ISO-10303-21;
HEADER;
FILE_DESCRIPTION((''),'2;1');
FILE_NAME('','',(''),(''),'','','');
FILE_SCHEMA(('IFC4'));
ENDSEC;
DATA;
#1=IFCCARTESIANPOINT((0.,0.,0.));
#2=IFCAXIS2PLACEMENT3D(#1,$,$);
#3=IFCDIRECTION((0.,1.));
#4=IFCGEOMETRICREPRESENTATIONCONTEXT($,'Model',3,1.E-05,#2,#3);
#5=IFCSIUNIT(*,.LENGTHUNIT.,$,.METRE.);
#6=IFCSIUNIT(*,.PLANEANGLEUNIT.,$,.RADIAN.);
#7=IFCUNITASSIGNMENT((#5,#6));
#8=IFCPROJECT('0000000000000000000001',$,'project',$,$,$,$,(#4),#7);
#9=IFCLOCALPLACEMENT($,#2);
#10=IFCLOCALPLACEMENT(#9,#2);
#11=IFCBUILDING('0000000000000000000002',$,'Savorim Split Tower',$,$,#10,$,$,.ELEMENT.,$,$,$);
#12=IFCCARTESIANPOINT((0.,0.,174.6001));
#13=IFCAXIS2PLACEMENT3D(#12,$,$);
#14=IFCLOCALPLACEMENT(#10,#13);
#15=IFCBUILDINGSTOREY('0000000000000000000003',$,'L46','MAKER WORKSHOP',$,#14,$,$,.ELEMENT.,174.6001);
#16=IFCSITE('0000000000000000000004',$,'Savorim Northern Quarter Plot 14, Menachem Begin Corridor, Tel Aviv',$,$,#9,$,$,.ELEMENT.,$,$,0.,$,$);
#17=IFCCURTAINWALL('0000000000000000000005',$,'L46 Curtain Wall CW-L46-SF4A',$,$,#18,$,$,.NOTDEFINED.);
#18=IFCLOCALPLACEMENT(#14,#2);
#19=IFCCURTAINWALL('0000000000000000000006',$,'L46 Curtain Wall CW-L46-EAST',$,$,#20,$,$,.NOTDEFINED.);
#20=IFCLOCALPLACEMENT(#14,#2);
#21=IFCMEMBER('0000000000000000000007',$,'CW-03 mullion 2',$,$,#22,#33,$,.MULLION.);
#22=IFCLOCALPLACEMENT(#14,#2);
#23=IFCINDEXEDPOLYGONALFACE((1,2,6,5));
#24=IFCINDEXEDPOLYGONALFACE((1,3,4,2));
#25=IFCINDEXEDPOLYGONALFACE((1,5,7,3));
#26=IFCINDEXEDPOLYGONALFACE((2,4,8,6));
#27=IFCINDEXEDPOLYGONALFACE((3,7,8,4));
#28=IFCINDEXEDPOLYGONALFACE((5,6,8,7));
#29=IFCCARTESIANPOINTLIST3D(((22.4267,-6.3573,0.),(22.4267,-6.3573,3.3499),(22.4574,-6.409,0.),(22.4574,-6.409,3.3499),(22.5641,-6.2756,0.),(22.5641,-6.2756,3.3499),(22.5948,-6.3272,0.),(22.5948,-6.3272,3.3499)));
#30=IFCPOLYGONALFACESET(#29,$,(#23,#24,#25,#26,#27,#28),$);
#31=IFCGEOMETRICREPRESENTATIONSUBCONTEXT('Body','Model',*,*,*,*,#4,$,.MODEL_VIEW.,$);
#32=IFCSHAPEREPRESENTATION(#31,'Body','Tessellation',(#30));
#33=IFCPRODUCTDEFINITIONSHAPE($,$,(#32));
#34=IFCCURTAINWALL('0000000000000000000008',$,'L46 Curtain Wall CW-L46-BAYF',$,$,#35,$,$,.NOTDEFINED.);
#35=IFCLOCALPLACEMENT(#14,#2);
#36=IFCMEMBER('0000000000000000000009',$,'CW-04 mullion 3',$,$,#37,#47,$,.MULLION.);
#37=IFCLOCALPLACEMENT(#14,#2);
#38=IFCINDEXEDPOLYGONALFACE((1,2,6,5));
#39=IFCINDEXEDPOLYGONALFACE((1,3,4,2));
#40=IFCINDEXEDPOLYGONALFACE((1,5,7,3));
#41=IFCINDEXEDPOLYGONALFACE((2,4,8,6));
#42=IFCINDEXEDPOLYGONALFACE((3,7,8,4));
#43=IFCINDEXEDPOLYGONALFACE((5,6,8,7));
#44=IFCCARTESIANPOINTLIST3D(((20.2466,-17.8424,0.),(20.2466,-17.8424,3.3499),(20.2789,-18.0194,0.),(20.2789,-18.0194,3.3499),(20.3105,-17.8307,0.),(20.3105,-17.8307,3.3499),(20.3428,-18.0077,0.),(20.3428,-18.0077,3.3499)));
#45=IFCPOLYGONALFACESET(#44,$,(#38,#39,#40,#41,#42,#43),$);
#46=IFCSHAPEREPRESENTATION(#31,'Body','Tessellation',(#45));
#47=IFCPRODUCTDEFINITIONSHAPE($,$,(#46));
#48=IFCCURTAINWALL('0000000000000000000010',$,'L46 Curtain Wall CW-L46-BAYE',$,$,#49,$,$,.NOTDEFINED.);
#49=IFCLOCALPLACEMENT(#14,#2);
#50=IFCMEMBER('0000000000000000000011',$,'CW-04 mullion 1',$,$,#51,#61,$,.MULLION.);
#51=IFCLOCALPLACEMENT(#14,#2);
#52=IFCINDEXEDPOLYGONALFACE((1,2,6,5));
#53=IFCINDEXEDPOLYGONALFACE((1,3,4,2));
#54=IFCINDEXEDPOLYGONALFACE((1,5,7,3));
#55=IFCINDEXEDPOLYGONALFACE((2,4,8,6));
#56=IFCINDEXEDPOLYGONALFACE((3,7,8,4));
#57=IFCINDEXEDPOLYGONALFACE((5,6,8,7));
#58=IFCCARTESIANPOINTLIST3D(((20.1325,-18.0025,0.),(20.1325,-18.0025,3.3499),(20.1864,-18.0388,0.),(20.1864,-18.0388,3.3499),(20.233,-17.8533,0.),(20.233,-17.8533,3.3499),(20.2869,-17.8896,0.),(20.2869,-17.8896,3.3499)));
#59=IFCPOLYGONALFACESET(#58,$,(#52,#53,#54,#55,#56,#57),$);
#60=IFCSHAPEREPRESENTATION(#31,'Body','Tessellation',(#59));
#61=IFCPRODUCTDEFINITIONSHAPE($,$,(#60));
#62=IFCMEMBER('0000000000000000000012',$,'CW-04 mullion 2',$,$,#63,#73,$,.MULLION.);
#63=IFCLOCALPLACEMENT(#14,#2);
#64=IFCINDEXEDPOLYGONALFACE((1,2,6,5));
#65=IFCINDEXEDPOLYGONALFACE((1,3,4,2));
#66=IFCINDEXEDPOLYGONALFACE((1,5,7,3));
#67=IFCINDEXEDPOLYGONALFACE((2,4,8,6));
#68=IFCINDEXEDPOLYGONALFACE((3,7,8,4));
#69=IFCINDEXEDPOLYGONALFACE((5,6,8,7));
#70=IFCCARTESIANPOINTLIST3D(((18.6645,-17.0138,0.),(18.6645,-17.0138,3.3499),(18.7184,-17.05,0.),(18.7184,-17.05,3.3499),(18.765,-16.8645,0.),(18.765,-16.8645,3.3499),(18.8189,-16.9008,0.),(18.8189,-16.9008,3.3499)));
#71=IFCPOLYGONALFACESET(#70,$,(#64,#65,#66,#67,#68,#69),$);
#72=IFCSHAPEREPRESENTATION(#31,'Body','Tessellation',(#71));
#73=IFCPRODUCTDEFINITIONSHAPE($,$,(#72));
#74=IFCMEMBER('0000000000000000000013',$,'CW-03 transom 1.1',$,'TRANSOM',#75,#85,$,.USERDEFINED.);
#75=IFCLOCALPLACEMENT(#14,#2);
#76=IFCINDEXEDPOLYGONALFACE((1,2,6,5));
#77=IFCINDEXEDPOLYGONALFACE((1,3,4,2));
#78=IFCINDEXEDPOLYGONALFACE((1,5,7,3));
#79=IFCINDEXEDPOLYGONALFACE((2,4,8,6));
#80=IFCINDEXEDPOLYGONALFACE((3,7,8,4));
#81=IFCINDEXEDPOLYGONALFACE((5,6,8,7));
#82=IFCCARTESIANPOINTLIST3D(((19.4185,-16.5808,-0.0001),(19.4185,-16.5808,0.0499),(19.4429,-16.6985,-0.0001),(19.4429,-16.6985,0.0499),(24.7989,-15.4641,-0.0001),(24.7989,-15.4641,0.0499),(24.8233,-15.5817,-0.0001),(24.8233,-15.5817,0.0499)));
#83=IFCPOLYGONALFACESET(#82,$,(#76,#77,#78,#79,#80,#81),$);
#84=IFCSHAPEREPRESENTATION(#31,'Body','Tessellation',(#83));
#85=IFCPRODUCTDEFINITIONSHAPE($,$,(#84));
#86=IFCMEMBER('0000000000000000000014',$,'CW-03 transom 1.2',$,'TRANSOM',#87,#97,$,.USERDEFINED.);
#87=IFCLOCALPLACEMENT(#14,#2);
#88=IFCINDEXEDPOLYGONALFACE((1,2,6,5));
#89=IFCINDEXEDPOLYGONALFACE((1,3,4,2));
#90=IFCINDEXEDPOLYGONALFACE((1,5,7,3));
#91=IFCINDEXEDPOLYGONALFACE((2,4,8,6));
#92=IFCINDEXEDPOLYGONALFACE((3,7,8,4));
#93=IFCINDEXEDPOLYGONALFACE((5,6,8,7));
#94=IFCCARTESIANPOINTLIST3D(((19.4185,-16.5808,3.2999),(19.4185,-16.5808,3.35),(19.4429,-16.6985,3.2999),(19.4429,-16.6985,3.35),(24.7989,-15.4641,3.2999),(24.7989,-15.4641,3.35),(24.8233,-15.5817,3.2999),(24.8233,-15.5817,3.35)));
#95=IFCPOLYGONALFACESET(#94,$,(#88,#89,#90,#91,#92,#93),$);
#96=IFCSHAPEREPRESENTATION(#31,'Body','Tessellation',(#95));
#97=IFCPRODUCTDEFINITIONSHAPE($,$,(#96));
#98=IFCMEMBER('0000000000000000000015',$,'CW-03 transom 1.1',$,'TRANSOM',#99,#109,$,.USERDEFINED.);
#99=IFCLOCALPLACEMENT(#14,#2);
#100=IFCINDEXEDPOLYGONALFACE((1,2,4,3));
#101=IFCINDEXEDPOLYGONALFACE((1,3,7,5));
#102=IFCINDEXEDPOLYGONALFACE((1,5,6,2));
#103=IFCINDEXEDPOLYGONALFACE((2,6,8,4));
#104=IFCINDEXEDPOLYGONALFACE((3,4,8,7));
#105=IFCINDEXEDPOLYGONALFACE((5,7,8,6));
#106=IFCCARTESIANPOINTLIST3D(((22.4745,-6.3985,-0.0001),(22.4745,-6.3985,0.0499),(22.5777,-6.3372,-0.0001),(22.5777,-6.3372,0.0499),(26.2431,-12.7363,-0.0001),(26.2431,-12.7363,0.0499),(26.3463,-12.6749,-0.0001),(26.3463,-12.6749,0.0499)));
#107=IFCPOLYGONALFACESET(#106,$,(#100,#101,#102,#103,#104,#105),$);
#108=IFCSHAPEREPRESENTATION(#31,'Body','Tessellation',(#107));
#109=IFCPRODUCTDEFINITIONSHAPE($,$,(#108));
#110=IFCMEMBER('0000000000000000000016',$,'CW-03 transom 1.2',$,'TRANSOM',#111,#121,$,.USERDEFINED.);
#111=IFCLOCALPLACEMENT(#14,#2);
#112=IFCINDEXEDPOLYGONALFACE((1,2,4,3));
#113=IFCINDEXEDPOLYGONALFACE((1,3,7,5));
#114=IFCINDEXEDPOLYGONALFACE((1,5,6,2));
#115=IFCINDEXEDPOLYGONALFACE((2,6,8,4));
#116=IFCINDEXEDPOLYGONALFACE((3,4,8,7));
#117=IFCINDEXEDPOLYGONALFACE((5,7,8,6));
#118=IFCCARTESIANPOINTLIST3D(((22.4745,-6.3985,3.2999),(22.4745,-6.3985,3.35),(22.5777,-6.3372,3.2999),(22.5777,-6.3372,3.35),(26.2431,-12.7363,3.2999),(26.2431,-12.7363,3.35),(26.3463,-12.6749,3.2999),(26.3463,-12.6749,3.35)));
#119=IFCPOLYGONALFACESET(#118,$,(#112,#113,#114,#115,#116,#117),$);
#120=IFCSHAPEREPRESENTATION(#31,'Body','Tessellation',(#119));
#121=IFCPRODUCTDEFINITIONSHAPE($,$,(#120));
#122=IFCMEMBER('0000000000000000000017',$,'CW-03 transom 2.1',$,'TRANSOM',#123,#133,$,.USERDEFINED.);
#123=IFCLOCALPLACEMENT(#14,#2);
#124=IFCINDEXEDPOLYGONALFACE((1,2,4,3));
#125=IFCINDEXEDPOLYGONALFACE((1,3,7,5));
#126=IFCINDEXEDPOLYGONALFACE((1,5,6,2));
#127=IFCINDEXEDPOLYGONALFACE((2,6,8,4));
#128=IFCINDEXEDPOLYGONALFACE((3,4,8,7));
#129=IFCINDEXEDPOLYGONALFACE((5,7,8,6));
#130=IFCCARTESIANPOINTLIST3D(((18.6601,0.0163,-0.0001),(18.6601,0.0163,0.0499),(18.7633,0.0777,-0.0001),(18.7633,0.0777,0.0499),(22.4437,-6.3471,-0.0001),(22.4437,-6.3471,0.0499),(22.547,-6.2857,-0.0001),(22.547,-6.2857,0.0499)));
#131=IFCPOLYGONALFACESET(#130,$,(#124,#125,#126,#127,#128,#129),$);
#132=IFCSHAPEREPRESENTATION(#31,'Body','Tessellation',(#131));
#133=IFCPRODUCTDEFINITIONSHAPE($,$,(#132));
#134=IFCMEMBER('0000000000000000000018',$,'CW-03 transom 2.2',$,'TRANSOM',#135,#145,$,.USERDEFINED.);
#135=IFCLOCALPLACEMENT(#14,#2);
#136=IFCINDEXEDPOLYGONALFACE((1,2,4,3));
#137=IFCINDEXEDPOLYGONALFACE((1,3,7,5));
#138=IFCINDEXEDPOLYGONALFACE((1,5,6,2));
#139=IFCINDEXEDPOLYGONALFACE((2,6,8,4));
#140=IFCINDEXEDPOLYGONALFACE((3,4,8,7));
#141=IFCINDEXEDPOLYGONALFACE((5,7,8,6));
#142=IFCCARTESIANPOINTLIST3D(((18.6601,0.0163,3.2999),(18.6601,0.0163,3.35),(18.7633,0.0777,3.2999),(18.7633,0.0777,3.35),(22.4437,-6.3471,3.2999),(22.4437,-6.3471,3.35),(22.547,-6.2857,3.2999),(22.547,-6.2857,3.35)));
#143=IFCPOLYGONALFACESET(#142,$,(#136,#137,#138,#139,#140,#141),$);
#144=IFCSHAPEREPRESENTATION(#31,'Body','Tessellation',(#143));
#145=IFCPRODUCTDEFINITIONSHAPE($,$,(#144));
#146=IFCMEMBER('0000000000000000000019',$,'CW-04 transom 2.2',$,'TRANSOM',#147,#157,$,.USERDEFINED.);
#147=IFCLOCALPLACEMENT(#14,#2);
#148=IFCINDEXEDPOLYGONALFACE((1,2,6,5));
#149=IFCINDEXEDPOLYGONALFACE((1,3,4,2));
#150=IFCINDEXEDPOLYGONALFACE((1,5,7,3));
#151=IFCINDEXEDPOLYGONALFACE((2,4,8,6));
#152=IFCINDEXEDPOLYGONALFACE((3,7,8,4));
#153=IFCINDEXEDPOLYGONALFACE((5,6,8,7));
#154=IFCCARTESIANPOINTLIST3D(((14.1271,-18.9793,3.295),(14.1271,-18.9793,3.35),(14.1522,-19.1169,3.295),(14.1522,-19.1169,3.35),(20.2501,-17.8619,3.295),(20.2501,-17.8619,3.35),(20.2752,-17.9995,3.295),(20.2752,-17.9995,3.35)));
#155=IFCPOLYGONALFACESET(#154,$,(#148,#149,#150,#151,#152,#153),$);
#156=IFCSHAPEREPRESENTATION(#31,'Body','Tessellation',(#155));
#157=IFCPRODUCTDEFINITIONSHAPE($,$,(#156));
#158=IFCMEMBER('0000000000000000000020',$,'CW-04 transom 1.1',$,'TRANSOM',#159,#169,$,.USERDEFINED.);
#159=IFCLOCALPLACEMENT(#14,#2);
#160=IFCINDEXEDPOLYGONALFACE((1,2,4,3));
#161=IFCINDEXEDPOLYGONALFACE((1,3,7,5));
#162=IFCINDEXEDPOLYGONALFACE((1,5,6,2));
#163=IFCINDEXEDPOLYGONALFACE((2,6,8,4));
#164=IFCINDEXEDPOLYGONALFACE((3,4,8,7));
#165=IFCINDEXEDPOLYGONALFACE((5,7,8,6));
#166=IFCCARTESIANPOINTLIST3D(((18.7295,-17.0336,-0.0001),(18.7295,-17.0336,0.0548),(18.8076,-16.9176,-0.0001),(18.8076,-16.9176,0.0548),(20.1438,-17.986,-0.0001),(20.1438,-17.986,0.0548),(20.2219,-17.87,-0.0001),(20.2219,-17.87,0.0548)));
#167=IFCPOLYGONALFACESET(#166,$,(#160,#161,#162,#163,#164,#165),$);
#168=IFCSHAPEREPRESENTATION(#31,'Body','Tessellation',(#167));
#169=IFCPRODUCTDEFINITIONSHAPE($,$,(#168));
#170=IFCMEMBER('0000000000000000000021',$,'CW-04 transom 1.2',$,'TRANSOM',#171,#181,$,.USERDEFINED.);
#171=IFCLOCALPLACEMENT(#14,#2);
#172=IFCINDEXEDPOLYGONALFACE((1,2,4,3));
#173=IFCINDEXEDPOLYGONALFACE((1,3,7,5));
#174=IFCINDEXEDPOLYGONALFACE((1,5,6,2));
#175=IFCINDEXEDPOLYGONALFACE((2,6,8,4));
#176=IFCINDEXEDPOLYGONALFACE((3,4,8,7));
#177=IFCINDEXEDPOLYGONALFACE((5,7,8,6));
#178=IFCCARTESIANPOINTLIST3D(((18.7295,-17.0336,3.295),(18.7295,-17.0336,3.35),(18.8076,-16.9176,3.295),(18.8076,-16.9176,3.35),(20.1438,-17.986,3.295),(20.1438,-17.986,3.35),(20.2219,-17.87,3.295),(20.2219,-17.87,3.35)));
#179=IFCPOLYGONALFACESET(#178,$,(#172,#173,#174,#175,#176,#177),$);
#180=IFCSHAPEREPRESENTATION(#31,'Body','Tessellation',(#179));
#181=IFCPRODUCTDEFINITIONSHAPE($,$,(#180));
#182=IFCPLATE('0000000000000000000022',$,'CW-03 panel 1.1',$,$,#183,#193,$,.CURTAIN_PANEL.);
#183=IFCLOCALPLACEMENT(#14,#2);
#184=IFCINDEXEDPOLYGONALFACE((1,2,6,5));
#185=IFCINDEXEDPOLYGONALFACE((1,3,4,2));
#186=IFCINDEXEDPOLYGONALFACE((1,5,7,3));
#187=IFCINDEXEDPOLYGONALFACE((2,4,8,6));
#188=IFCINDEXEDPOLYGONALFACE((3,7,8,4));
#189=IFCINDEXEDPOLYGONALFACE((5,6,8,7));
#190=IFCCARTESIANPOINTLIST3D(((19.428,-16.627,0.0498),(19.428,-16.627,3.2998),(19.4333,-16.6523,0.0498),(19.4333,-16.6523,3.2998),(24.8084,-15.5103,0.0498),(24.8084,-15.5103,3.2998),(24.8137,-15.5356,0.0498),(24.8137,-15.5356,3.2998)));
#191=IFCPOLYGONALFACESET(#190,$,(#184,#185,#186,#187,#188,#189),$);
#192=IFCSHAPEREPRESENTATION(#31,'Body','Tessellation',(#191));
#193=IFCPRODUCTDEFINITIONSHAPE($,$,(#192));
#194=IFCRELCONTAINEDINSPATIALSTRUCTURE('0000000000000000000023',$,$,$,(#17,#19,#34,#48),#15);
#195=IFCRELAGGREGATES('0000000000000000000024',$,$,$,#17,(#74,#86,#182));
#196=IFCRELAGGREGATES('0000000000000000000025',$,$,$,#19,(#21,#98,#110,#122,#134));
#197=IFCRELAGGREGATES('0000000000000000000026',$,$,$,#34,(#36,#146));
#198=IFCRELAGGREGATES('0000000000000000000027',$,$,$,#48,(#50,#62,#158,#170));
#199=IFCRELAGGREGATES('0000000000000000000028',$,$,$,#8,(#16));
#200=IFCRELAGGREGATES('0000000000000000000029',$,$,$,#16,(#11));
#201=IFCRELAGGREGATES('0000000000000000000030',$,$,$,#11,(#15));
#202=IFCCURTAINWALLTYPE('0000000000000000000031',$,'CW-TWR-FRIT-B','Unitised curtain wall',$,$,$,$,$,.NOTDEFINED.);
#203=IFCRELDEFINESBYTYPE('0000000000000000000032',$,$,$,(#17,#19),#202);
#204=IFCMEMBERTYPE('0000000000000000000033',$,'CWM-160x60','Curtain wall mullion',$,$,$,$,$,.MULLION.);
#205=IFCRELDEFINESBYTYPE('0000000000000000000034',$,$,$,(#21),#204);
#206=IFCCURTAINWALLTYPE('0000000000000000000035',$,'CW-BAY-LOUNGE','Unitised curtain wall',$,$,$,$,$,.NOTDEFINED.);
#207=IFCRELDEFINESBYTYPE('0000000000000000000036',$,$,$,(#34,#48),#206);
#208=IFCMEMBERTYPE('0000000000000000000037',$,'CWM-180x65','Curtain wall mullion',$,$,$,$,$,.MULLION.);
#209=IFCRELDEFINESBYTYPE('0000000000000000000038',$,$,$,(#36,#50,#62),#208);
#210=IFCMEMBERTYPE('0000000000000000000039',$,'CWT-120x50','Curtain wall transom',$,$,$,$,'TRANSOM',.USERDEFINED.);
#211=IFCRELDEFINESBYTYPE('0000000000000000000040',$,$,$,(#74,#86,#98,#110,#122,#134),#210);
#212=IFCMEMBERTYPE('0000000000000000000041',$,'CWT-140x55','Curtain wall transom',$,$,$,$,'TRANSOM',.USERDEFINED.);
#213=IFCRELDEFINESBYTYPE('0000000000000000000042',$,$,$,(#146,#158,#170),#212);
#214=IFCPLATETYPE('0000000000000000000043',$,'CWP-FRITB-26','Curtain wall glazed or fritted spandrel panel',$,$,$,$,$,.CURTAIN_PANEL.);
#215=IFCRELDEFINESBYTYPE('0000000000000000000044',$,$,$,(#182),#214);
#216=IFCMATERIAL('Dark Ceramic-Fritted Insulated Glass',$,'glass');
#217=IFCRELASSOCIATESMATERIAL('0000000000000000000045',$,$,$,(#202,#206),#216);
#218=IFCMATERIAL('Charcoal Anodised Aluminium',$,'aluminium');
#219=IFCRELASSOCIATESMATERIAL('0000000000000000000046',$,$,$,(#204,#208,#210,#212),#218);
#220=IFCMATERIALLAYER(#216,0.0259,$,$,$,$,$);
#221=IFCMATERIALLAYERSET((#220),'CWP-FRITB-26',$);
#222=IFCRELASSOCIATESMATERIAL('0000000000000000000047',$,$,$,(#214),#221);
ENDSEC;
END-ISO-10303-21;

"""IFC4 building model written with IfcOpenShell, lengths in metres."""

from ifc_helpers import new_model, si_unit, direction, frame, origin, origin_2d, place, context, subcontext, project, spatial, rectangle, extrude, material, layer, layer_set, material_profile, profile_set, type_object, element, aggregate, save


model = new_model("IFC4")

# Units and contexts
model_context = context("Model", 3, precision=1e-05, world=origin(), true_north=direction((0.0, 1.0)))
body_context = subcontext(model_context, "Body", "Model", "MODEL_VIEW")
ifc_project = project(units=[si_unit("LENGTHUNIT", "METRE"), si_unit("PLANEANGLEUNIT", "RADIAN")], contexts=[model_context])

# Site, building, storey
site_placement = place(None, origin())
site = spatial("IfcSite", under=ifc_project, at=site_placement, Name="Savorim Northern Quarter Plot 14, Menachem Begin Corridor, Tel Aviv", CompositionType="ELEMENT", RefElevation=0.0)
building_placement = place(site_placement, origin())
building = spatial("IfcBuilding", under=site, at=building_placement, Name="Savorim Split Tower", CompositionType="ELEMENT")
storey_placement = place(building_placement, frame((0.0, 0.0, 174.6001)))
storey = spatial("IfcBuildingStorey", under=building, at=storey_placement, Name="L46", Description="MAKER WORKSHOP", CompositionType="ELEMENT", Elevation=174.6001)

# Curtain walls, member
ifc_material_1 = material(Name="Dark Ceramic-Fritted Insulated Glass", Category="glass")
curtain_wall_type_1 = type_object("IfcCurtainWallType", Name="CW-TWR-FRIT-B", Description="Unitised curtain wall", PredefinedType="NOTDEFINED", material=ifc_material_1)
curtain_wall_1_placement = place(storey_placement, origin())
curtain_wall_1 = element("IfcCurtainWall", 1, at=curtain_wall_1_placement, inside=storey, type_object=curtain_wall_type_1, Name="L46 Curtain Wall CW-L46-SF4A", PredefinedType="NOTDEFINED")
ifc_material_2 = material(Name="Charcoal Anodised Aluminium", Category="aluminium")
ifc_material_profile_1 = material_profile(ifc_material_2, rectangle(XDim=0.1599, YDim=0.0601, at=origin_2d()), Name="ALU-M 160x60")
ifc_profile_set_1 = profile_set([ifc_material_profile_1], Name="Charcoal Anodised Aluminium")
member_type_1 = type_object("IfcMemberType", Name="CWM-160x60", Description="Curtain wall mullion", PredefinedType="MULLION", material=ifc_profile_set_1)
curtain_wall_2_placement = place(storey_placement, origin())
curtain_wall_2 = element("IfcCurtainWall", 2, at=curtain_wall_2_placement, inside=storey, type_object=curtain_wall_type_1, Name="L46 Curtain Wall CW-L46-EAST", PredefinedType="NOTDEFINED")
member_1_placement = place(storey_placement, frame((22.5107, -6.3423, 0.0), z_axis=(0.0, 0.0, 1.0), x_axis=(-0.859525, -0.511094, 0.0)))
member_1 = element("IfcMember", 3, at=member_1_placement, type_object=member_type_1, Name="CW-03 mullion 2", PredefinedType="MULLION", context=body_context, shape_type="SweptSolid", body=[
    extrude(rectangle(XDim=0.1599, YDim=0.0601, at=origin_2d()), origin(), (0.0, 0.0, 1.0), 3.3499),
])

# Curtain wall, member
curtain_wall_type_2 = type_object("IfcCurtainWallType", Name="CW-BAY-LOUNGE", Description="Unitised curtain wall", PredefinedType="NOTDEFINED", material=ifc_material_1)
curtain_wall_3_placement = place(storey_placement, origin())
curtain_wall_3 = element("IfcCurtainWall", 4, at=curtain_wall_3_placement, inside=storey, type_object=curtain_wall_type_2, Name="L46 Curtain Wall CW-L46-BAYF", PredefinedType="NOTDEFINED")
ifc_material_profile_2 = material_profile(ifc_material_2, rectangle(XDim=0.1799, YDim=0.0649, at=origin_2d()), Name="ALU-M 180x65")
ifc_profile_set_2 = profile_set([ifc_material_profile_2], Name="Charcoal Anodised Aluminium")
member_type_2 = type_object("IfcMemberType", Name="CWM-180x65", Description="Curtain wall mullion", PredefinedType="MULLION", material=ifc_profile_set_2)
member_2_placement = place(storey_placement, frame((20.2947, -17.925, 0.0), z_axis=(0.0, 0.0, 1.0), x_axis=(-0.179518, 0.983755, 0.0)))
member_2 = element("IfcMember", 5, at=member_2_placement, type_object=member_type_2, Name="CW-04 mullion 3", PredefinedType="MULLION", context=body_context, shape_type="SweptSolid", body=[
    extrude(rectangle(XDim=0.1799, YDim=0.0649, at=origin_2d()), origin(), (0.0, 0.0, 1.0), 3.3499),
])

# Curtain wall, members
curtain_wall_4_placement = place(storey_placement, origin())
curtain_wall_4 = element("IfcCurtainWall", 6, at=curtain_wall_4_placement, inside=storey, type_object=curtain_wall_type_2, Name="L46 Curtain Wall CW-L46-BAYE", PredefinedType="NOTDEFINED")
member_3_placement = place(storey_placement, frame((20.2097, -17.946, 0.0), z_axis=(0.0, 0.0, 1.0), x_axis=(-0.55863, -0.829417, 0.0)))
member_3 = element("IfcMember", 7, at=member_3_placement, type_object=member_type_2, Name="CW-04 mullion 1", PredefinedType="MULLION", context=body_context, shape_type="SweptSolid", body=[
    extrude(rectangle(XDim=0.1799, YDim=0.0649, at=origin_2d()), origin(), (0.0, 0.0, 1.0), 3.3499),
])
member_4_placement = place(storey_placement, frame((18.7417, -16.9573, 0.0), z_axis=(0.0, 0.0, 1.0), x_axis=(-0.55863, -0.829417, 0.0)))
member_4 = element("IfcMember", 8, at=member_4_placement, type_object=member_type_2, Name="CW-04 mullion 2", PredefinedType="MULLION", context=body_context, shape_type="SweptSolid", body=[
    extrude(rectangle(XDim=0.1799, YDim=0.0649, at=origin_2d()), origin(), (0.0, 0.0, 1.0), 3.3499),
])

# Members
ifc_material_profile_3 = material_profile(ifc_material_2, rectangle(XDim=0.1201, YDim=0.05, at=origin_2d()), Name="ALU-T 120x50")
ifc_profile_set_3 = profile_set([ifc_material_profile_3], Name="Charcoal Anodised Aluminium")
member_type_3 = type_object("IfcMemberType", Name="CWT-120x50", Description="Curtain wall transom", ElementType="TRANSOM", PredefinedType="USERDEFINED", material=ifc_profile_set_3)
member_5_placement = place(storey_placement, frame((19.4307, -16.6396, 0.0249), z_axis=(0.979133, 0.20322, 0.0), x_axis=(-0.20322, 0.979133, 0.0)))
member_5 = element("IfcMember", 9, at=member_5_placement, type_object=member_type_3, Name="CW-03 transom 1.1", ObjectType="TRANSOM", PredefinedType="USERDEFINED", context=body_context, shape_type="SweptSolid", body=[
    extrude(rectangle(XDim=0.1201, YDim=0.05, at=origin_2d()), origin(), (0.0, 0.0, 1.0), 5.4951),
])
member_6_placement = place(storey_placement, frame((19.4307, -16.6396, 3.325), z_axis=(0.979133, 0.20322, 0.0), x_axis=(-0.20322, 0.979133, 0.0)))
member_6 = element("IfcMember", 10, at=member_6_placement, type_object=member_type_3, Name="CW-03 transom 1.2", ObjectType="TRANSOM", PredefinedType="USERDEFINED", context=body_context, shape_type="SweptSolid", body=[
    extrude(rectangle(XDim=0.1201, YDim=0.05, at=origin_2d()), origin(), (0.0, 0.0, 1.0), 5.4951),
])
member_7_placement = place(storey_placement, frame((26.2947, -12.7056, 0.0249), z_axis=(-0.511098, 0.859523, 0.0), x_axis=(-0.859523, -0.511098, 0.0)))
member_7 = element("IfcMember", 11, at=member_7_placement, type_object=member_type_3, Name="CW-03 transom 1.1", ObjectType="TRANSOM", PredefinedType="USERDEFINED", context=body_context, shape_type="SweptSolid", body=[
    extrude(rectangle(XDim=0.1201, YDim=0.05, at=origin_2d()), origin(), (0.0, 0.0, 1.0), 7.3735),
])
member_8_placement = place(storey_placement, frame((26.2947, -12.7056, 3.325), z_axis=(-0.511098, 0.859523, 0.0), x_axis=(-0.859523, -0.511098, 0.0)))
member_8 = element("IfcMember", 12, at=member_8_placement, type_object=member_type_3, Name="CW-03 transom 1.2", ObjectType="TRANSOM", PredefinedType="USERDEFINED", context=body_context, shape_type="SweptSolid", body=[
    extrude(rectangle(XDim=0.1201, YDim=0.05, at=origin_2d()), origin(), (0.0, 0.0, 1.0), 7.3735),
])
member_9_placement = place(storey_placement, frame((22.4954, -6.3164, 0.0249), z_axis=(-0.511073, 0.859537, 0.0), x_axis=(-0.859537, -0.511073, 0.0)))
member_9 = element("IfcMember", 13, at=member_9_placement, type_object=member_type_3, Name="CW-03 transom 2.1", ObjectType="TRANSOM", PredefinedType="USERDEFINED", context=body_context, shape_type="SweptSolid", body=[
    extrude(rectangle(XDim=0.1201, YDim=0.05, at=origin_2d()), origin(), (0.0, 0.0, 1.0), 7.4033),
])
member_10_placement = place(storey_placement, frame((22.4954, -6.3164, 3.325), z_axis=(-0.511073, 0.859537, 0.0), x_axis=(-0.859537, -0.511073, 0.0)))
member_10 = element("IfcMember", 14, at=member_10_placement, type_object=member_type_3, Name="CW-03 transom 2.2", ObjectType="TRANSOM", PredefinedType="USERDEFINED", context=body_context, shape_type="SweptSolid", body=[
    extrude(rectangle(XDim=0.1201, YDim=0.05, at=origin_2d()), origin(), (0.0, 0.0, 1.0), 7.4033),
])
ifc_material_profile_4 = material_profile(ifc_material_2, rectangle(XDim=0.1399, YDim=0.0549, at=origin_2d()), Name="ALU-T 140x55")
ifc_profile_set_4 = profile_set([ifc_material_profile_4], Name="Charcoal Anodised Aluminium")
member_type_4 = type_object("IfcMemberType", Name="CWT-140x55", Description="Curtain wall transom", ElementType="TRANSOM", PredefinedType="USERDEFINED", material=ifc_profile_set_4)
member_11_placement = place(storey_placement, frame((14.1396, -19.0481, 3.3225), z_axis=(0.983752, 0.179531, 0.0), x_axis=(-0.179531, 0.983752, 0.0)))
member_11 = element("IfcMember", 15, at=member_11_placement, type_object=member_type_4, Name="CW-04 transom 2.2", ObjectType="TRANSOM", PredefinedType="USERDEFINED", context=body_context, shape_type="SweptSolid", body=[
    extrude(rectangle(XDim=0.1399, YDim=0.0549, at=origin_2d()), origin(), (0.0, 0.0, 1.0), 6.2241),
])
member_12_placement = place(storey_placement, frame((20.1829, -17.928, 0.0273), z_axis=(-0.829464, 0.55856, 0.0), x_axis=(-0.55856, -0.829464, 0.0)))
member_12 = element("IfcMember", 16, at=member_12_placement, type_object=member_type_4, Name="CW-04 transom 1.1", ObjectType="TRANSOM", PredefinedType="USERDEFINED", context=body_context, shape_type="SweptSolid", body=[
    extrude(rectangle(XDim=0.1399, YDim=0.0549, at=origin_2d()), origin(), (0.0, 0.0, 1.0), 1.7051),
])
member_13_placement = place(storey_placement, frame((20.1829, -17.928, 3.3225), z_axis=(-0.829464, 0.55856, 0.0), x_axis=(-0.55856, -0.829464, 0.0)))
member_13 = element("IfcMember", 17, at=member_13_placement, type_object=member_type_4, Name="CW-04 transom 1.2", ObjectType="TRANSOM", PredefinedType="USERDEFINED", context=body_context, shape_type="SweptSolid", body=[
    extrude(rectangle(XDim=0.1399, YDim=0.0549, at=origin_2d()), origin(), (0.0, 0.0, 1.0), 1.7051),
])

# Plate
ifc_layer_1 = layer(ifc_material_1, 0.0259)
ifc_layer_set_1 = layer_set([ifc_layer_1], Name="CWP-FRITB-26")
plate_type_1 = type_object("IfcPlateType", Name="CWP-FRITB-26", Description="Curtain wall glazed or fritted spandrel panel", PredefinedType="CURTAIN_PANEL", material=ifc_layer_set_1)
plate_1_placement = place(storey_placement, frame((22.1208, -16.0813, 0.0498), z_axis=(0.0, 0.0, 1.0), x_axis=(0.979133, 0.203221, 0.0)))
plate_1 = element("IfcPlate", 18, at=plate_1_placement, type_object=plate_type_1, Name="CW-03 panel 1.1", PredefinedType="CURTAIN_PANEL", context=body_context, shape_type="SweptSolid", body=[
    extrude(rectangle(XDim=5.4951, YDim=0.0259, at=origin_2d()), origin(), (0.0, 0.0, 1.0), 3.25),
])
aggregate(curtain_wall_1, [member_5, member_6, plate_1])
aggregate(curtain_wall_2, [member_1, member_7, member_8, member_9, member_10])
aggregate(curtain_wall_3, [member_2, member_11])
aggregate(curtain_wall_4, [member_3, member_4, member_12, member_13])

save(model, "model.ifc")
